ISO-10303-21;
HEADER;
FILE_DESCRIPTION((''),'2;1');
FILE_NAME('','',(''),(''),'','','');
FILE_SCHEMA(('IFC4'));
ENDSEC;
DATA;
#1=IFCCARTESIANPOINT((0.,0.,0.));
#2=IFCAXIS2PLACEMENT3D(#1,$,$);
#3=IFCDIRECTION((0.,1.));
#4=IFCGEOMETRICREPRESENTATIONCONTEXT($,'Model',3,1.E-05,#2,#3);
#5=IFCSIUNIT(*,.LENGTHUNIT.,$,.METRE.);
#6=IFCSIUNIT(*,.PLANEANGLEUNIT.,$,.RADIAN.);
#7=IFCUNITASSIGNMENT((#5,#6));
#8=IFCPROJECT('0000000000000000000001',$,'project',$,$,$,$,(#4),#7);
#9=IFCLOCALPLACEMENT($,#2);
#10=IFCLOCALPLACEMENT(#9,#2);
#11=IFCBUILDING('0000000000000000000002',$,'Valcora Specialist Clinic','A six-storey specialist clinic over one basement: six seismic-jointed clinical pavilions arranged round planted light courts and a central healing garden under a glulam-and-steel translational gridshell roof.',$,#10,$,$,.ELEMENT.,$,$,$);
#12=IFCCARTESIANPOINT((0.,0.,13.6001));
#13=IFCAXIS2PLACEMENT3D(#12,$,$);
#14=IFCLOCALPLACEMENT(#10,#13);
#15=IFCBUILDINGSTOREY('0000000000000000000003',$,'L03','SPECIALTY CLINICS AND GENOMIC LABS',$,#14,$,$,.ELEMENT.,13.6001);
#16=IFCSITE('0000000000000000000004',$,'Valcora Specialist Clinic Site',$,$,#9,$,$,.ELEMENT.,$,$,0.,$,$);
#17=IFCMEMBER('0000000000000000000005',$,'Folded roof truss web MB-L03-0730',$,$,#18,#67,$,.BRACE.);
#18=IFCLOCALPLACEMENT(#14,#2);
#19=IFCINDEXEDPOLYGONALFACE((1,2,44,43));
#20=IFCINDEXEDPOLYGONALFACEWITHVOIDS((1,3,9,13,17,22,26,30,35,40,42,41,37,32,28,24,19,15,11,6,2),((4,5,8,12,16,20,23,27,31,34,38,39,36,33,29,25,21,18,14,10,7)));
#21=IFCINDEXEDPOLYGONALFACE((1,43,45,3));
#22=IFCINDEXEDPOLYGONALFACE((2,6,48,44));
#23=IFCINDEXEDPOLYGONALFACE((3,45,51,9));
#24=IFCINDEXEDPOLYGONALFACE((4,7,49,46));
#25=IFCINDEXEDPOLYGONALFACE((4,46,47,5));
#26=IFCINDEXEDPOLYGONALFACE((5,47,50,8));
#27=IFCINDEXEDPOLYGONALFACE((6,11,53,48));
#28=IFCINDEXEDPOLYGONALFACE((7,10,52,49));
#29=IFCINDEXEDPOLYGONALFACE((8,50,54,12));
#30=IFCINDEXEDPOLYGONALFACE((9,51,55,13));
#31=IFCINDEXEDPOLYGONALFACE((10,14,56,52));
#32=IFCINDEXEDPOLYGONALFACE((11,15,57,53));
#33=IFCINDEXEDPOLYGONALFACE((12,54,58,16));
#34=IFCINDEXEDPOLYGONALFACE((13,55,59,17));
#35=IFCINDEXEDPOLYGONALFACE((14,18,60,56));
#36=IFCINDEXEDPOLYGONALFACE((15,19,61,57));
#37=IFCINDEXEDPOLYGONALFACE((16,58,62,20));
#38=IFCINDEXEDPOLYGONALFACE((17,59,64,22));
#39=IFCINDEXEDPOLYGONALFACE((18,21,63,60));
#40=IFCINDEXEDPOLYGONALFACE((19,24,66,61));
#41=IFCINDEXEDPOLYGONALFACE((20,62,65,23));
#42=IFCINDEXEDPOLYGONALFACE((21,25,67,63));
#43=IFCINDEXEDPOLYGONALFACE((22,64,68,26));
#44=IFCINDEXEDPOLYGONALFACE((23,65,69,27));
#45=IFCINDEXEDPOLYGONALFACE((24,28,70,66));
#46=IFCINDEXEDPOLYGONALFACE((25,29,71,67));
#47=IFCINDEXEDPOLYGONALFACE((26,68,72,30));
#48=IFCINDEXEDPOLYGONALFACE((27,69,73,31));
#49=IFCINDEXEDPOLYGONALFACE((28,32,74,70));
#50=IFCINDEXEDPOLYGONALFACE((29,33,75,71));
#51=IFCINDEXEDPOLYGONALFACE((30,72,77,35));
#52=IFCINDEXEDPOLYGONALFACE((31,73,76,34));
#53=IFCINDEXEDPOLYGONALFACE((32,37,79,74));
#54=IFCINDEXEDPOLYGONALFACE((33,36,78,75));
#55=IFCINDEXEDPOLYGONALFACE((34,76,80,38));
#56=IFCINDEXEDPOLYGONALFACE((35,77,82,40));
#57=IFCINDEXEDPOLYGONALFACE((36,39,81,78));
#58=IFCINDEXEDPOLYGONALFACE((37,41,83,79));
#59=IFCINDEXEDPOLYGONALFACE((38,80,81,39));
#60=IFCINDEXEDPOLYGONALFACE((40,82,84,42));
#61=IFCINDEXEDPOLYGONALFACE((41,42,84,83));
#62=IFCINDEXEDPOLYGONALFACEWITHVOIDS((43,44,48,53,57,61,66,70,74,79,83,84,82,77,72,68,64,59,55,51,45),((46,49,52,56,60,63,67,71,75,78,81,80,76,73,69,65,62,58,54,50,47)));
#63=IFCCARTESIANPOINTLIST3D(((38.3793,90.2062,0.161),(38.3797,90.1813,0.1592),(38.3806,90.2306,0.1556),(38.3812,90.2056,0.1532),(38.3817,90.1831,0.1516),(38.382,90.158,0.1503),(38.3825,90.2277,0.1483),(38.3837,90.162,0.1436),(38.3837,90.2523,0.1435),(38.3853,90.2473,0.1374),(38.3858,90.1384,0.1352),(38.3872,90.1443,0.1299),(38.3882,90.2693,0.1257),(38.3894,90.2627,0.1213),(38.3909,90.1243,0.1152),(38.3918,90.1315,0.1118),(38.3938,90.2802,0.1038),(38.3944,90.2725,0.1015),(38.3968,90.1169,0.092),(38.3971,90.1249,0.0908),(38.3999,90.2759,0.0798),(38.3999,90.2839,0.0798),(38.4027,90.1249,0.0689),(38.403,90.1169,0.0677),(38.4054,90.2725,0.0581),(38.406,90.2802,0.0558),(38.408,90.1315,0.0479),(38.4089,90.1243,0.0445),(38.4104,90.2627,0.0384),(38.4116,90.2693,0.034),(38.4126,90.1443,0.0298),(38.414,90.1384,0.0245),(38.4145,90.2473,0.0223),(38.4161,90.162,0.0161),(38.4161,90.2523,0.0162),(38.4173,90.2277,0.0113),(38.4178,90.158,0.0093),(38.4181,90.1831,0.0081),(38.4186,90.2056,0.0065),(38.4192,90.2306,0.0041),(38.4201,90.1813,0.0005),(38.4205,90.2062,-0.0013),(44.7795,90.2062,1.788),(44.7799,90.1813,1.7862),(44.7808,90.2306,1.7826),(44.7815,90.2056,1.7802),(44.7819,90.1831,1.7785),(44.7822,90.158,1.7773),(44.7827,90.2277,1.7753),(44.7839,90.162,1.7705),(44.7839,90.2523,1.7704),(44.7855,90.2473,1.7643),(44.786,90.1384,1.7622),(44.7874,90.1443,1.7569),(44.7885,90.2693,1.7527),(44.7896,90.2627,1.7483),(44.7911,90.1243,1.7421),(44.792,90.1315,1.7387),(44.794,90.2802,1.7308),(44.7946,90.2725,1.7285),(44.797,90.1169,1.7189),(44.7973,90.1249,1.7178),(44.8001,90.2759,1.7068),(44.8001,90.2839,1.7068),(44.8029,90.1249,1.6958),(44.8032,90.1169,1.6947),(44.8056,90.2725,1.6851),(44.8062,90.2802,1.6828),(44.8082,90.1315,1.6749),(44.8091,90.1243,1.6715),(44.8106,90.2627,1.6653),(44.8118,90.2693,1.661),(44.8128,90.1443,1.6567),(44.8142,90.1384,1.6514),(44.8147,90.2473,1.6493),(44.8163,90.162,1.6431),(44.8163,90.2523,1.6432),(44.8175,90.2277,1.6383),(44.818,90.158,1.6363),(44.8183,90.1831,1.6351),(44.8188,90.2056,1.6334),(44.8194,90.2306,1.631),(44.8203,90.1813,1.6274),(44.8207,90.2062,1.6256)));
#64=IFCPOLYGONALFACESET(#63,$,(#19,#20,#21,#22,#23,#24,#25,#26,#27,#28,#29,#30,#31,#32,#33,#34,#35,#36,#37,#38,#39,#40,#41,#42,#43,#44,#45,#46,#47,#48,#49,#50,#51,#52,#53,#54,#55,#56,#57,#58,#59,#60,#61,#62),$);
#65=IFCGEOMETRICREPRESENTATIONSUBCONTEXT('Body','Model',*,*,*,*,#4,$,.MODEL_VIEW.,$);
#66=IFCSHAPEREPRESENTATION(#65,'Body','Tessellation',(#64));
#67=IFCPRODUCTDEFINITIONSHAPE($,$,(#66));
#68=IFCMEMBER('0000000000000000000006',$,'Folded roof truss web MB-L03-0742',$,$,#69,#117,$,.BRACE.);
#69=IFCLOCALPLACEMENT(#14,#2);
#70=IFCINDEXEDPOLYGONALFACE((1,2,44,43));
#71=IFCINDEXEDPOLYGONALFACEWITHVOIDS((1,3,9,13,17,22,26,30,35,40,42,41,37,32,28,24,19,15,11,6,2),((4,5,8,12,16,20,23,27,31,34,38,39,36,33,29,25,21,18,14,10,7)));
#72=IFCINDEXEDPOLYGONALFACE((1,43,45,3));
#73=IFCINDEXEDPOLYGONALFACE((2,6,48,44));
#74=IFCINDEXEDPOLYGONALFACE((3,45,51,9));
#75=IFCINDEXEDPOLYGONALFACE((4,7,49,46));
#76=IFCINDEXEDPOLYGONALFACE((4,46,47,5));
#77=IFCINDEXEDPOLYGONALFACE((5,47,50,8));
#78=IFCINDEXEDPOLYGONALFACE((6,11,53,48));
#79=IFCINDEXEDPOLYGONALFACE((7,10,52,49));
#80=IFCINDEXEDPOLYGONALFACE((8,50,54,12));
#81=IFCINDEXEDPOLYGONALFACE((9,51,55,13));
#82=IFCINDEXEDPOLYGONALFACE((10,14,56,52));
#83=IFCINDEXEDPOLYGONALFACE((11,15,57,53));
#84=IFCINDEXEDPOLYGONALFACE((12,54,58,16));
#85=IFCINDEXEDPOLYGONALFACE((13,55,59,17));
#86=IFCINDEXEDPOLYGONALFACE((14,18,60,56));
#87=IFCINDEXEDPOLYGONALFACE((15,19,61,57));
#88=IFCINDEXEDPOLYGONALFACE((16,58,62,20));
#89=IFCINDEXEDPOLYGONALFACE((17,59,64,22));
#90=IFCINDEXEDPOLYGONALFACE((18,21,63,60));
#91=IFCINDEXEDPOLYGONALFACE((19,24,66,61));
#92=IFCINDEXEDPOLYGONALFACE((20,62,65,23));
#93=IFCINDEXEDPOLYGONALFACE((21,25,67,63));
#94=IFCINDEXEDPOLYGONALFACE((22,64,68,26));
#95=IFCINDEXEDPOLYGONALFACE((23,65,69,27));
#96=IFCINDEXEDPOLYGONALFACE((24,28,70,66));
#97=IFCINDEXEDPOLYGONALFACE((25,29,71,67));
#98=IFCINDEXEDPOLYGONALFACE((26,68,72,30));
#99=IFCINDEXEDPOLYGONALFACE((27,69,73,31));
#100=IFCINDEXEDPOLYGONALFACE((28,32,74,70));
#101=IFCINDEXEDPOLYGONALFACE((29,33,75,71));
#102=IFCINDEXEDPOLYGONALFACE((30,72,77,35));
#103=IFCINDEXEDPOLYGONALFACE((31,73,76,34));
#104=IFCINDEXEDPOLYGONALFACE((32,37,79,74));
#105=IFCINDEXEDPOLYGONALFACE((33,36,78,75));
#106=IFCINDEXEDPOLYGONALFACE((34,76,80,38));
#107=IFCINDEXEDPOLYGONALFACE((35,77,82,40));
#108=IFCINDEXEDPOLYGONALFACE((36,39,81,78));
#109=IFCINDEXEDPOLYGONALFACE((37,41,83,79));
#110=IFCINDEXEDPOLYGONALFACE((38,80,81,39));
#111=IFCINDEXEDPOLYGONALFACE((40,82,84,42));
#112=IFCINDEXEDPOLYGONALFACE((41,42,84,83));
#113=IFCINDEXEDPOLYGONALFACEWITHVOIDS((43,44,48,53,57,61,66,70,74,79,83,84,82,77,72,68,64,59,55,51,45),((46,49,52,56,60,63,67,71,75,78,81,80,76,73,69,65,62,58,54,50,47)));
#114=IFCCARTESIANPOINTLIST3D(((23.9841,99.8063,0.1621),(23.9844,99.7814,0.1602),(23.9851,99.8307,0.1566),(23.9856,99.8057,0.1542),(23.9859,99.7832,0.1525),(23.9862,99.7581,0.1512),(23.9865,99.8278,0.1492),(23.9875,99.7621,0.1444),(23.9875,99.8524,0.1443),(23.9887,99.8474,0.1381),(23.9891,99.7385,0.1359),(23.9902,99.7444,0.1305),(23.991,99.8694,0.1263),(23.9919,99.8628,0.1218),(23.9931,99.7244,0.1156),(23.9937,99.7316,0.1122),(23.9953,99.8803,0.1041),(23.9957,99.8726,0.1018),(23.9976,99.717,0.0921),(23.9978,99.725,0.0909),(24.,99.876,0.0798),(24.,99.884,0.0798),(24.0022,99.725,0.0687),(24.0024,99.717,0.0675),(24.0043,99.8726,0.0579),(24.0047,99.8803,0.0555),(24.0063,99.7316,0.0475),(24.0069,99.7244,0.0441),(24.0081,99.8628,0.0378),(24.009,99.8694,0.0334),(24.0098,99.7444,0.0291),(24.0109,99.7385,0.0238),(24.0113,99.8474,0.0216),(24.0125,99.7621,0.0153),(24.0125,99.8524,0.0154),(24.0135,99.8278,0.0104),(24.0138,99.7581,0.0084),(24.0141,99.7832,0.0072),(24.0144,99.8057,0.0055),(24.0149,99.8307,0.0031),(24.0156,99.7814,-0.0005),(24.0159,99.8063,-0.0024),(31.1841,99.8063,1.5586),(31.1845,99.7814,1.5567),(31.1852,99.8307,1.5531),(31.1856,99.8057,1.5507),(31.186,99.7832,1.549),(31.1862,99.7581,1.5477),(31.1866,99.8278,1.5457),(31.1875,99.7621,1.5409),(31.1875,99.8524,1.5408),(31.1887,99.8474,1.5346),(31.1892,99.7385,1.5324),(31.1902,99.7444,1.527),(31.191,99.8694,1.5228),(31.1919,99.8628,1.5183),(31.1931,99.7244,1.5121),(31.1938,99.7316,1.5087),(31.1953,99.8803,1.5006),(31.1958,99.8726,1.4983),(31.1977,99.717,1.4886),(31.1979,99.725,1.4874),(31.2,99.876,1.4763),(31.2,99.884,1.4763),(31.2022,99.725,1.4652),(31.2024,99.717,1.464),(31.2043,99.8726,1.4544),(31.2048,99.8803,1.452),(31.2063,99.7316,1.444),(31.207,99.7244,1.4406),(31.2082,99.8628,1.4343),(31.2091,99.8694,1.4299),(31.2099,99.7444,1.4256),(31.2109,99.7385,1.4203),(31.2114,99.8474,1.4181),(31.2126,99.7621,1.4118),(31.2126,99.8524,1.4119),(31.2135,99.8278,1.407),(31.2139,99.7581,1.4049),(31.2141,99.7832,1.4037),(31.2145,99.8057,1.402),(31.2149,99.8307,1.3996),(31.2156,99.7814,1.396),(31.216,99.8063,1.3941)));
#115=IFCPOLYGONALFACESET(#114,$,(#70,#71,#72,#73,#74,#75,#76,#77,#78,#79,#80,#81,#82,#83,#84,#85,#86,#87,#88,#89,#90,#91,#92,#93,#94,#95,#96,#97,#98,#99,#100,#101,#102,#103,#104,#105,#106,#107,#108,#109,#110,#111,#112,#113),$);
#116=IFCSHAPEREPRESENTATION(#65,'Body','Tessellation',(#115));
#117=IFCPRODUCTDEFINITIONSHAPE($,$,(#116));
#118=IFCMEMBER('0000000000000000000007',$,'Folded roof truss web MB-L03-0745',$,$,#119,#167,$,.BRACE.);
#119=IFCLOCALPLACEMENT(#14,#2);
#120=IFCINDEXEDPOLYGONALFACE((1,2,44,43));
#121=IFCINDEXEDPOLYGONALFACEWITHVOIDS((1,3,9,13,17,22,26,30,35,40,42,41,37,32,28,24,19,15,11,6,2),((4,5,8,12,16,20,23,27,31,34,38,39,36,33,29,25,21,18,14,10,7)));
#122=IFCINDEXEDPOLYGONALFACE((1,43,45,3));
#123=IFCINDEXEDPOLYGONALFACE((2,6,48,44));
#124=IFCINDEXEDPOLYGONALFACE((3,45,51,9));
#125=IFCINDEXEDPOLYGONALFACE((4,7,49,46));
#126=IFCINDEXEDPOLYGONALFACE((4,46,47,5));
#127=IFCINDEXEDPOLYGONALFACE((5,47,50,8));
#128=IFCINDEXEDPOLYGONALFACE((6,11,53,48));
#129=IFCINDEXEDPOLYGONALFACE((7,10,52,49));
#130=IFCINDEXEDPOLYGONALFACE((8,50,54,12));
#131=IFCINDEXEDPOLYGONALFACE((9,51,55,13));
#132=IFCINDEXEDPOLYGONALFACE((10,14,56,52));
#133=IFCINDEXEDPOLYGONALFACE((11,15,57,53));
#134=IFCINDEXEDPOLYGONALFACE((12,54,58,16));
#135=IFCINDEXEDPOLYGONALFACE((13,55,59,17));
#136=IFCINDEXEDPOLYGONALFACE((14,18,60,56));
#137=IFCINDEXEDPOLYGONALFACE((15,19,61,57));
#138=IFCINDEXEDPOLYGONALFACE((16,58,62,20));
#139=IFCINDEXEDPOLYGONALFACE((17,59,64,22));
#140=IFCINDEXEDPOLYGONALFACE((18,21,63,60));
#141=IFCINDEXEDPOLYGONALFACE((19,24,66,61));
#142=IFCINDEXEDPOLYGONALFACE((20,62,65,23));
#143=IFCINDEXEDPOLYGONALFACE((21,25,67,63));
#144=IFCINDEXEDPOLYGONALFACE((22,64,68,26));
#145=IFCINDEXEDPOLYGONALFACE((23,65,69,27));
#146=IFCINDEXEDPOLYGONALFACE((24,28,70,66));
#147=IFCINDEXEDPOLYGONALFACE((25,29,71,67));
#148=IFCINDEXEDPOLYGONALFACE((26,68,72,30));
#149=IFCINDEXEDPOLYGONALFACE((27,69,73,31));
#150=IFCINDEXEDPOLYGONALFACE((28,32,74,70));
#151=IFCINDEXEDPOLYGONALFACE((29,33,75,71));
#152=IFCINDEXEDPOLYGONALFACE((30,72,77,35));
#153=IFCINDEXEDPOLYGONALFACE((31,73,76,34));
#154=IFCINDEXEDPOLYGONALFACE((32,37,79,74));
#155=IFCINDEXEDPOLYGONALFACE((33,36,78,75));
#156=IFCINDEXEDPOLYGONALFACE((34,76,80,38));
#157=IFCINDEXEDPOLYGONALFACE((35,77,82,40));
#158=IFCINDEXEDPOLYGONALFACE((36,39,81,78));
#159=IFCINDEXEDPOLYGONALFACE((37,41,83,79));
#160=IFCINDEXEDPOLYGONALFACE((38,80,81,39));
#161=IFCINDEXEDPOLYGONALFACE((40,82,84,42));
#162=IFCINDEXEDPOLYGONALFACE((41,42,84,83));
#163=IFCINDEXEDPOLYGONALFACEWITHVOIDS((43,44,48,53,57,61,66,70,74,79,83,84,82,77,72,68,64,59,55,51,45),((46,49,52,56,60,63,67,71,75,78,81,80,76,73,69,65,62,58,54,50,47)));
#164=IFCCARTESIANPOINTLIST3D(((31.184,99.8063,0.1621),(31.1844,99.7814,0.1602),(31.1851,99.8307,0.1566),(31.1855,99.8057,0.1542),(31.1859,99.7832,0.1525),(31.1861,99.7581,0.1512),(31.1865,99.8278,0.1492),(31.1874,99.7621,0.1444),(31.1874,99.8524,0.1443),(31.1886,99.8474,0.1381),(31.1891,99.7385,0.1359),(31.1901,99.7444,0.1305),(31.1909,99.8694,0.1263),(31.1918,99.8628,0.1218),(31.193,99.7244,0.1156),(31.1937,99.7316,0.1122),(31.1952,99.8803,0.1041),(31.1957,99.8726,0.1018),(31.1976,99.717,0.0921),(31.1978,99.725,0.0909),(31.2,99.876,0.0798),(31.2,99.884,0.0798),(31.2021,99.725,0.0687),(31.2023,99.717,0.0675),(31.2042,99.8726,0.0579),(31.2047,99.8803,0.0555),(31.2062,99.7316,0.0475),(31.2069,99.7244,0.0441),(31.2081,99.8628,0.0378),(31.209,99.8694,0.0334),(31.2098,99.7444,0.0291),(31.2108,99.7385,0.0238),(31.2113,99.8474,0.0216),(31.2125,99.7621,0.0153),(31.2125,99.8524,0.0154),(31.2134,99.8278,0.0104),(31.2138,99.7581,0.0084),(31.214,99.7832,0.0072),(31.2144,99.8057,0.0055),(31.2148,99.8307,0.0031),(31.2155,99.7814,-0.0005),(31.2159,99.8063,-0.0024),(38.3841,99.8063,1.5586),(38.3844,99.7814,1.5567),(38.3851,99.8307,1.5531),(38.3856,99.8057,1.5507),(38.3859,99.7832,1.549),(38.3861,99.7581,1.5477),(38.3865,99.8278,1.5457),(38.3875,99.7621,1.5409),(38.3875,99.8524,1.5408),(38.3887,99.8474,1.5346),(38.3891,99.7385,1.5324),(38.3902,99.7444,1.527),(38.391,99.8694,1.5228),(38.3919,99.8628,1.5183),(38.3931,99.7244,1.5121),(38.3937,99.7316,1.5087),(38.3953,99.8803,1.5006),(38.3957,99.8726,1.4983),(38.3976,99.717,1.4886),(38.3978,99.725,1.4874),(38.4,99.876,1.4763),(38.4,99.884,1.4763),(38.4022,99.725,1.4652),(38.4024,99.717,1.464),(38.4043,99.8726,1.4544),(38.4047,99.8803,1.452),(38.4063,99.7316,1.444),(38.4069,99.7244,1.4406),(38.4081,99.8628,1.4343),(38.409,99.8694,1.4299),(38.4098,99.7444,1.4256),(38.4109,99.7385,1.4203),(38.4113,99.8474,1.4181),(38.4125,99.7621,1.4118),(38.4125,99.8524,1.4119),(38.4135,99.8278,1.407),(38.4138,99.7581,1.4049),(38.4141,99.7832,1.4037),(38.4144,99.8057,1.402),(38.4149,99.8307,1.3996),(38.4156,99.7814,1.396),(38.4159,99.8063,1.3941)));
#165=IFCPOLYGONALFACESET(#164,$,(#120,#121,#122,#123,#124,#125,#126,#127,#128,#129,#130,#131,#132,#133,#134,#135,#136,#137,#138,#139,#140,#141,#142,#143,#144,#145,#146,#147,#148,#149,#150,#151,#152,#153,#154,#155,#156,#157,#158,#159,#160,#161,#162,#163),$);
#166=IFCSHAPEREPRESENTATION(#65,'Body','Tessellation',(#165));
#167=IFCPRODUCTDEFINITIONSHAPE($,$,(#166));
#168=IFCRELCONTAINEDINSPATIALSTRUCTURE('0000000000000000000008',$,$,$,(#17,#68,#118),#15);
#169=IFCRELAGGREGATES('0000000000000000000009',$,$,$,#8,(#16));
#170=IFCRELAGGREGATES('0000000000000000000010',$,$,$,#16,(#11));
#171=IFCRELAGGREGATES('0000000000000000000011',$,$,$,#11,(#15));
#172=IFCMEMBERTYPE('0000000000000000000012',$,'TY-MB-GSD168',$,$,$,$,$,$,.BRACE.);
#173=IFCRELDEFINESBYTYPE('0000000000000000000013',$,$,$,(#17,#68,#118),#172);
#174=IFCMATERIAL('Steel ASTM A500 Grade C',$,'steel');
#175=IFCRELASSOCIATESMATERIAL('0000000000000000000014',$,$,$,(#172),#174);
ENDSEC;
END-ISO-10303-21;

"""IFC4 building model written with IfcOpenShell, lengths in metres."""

from ifc_helpers import new_model, si_unit, direction, frame, origin, origin_2d, place, context, subcontext, project, spatial, hollow_circle, extrude, material, material_profile, profile_set, type_object, element, save


model = new_model("IFC4")

# Units and contexts
model_context = context("Model", 3, precision=1e-05, world=origin(), true_north=direction((0.0, 1.0)))
body_context = subcontext(model_context, "Body", "Model", "MODEL_VIEW")
ifc_project = project(units=[si_unit("LENGTHUNIT", "METRE"), si_unit("PLANEANGLEUNIT", "RADIAN")], contexts=[model_context])

# Site, building, storey
site_placement = place(None, origin())
site = spatial("IfcSite", under=ifc_project, at=site_placement, Name="Valcora Specialist Clinic Site", CompositionType="ELEMENT", RefElevation=0.0)
building_placement = place(site_placement, origin())
building = spatial("IfcBuilding", under=site, at=building_placement, Name="Valcora Specialist Clinic", Description="A six-storey specialist clinic over one basement: six seismic-jointed clinical pavilions arranged round planted light courts and a central healing garden under a glulam-and-steel translational gridshell roof.", CompositionType="ELEMENT")
storey_placement = place(building_placement, frame((0.0, 0.0, 13.6001)))
storey = spatial("IfcBuildingStorey", under=building, at=storey_placement, Name="L03", Description="SPECIALTY CLINICS AND GENOMIC LABS", CompositionType="ELEMENT", Elevation=13.6001)

# Shared definitions
ifc_material_1 = material(Name="Steel ASTM A500 Grade C", Category="steel")

# Members
ifc_material_profile_1 = material_profile(ifc_material_1, hollow_circle(Radius=0.084, WallThickness=0.0081, at=origin_2d()), Name="ST-CHS-168X8")
ifc_profile_set_1 = profile_set([ifc_material_profile_1], Name="Steel ASTM A500 Grade C")
member_type_1 = type_object("IfcMemberType", Name="TY-MB-GSD168", PredefinedType="BRACE", material=ifc_profile_set_1)
member_1_placement = place(storey_placement, frame((38.3999, 90.2, 0.0798), z_axis=(0.969176, 0.0, 0.24637), x_axis=(0.0, 1.0, 0.0)))
element("IfcMember", 1, at=member_1_placement, inside=storey, type_object=member_type_1, Name="Folded roof truss web MB-L03-0730", PredefinedType="BRACE", context=body_context, shape_type="SweptSolid", body=[
    extrude(hollow_circle(Radius=0.084, WallThickness=0.0081, at=origin_2d()), origin(), (0.0, 0.0, 1.0), 6.6038),
])
for number, where, z_axis, x_axis, name in (
    (2, (24.0, 99.8, 0.0798), (0.981705, 0.0, 0.190409), (0.0, 1.0, 0.0), "Folded roof truss web MB-L03-0742"),
    (3, (31.2, 99.8, 0.0798), (0.981705, 0.0, 0.190409), (0.0, 1.0, 0.0), "Folded roof truss web MB-L03-0745"),
):
    element("IfcMember", number, at=place(storey_placement, frame(where, z_axis=z_axis, x_axis=x_axis)), inside=storey, type_object=member_type_1, Name=name, PredefinedType="BRACE", context=body_context, shape_type="SweptSolid", body=[
        extrude(hollow_circle(Radius=0.084, WallThickness=0.0081, at=origin_2d()), origin(), (0.0, 0.0, 1.0), 7.3342),
    ])

save(model, "model.ifc")
